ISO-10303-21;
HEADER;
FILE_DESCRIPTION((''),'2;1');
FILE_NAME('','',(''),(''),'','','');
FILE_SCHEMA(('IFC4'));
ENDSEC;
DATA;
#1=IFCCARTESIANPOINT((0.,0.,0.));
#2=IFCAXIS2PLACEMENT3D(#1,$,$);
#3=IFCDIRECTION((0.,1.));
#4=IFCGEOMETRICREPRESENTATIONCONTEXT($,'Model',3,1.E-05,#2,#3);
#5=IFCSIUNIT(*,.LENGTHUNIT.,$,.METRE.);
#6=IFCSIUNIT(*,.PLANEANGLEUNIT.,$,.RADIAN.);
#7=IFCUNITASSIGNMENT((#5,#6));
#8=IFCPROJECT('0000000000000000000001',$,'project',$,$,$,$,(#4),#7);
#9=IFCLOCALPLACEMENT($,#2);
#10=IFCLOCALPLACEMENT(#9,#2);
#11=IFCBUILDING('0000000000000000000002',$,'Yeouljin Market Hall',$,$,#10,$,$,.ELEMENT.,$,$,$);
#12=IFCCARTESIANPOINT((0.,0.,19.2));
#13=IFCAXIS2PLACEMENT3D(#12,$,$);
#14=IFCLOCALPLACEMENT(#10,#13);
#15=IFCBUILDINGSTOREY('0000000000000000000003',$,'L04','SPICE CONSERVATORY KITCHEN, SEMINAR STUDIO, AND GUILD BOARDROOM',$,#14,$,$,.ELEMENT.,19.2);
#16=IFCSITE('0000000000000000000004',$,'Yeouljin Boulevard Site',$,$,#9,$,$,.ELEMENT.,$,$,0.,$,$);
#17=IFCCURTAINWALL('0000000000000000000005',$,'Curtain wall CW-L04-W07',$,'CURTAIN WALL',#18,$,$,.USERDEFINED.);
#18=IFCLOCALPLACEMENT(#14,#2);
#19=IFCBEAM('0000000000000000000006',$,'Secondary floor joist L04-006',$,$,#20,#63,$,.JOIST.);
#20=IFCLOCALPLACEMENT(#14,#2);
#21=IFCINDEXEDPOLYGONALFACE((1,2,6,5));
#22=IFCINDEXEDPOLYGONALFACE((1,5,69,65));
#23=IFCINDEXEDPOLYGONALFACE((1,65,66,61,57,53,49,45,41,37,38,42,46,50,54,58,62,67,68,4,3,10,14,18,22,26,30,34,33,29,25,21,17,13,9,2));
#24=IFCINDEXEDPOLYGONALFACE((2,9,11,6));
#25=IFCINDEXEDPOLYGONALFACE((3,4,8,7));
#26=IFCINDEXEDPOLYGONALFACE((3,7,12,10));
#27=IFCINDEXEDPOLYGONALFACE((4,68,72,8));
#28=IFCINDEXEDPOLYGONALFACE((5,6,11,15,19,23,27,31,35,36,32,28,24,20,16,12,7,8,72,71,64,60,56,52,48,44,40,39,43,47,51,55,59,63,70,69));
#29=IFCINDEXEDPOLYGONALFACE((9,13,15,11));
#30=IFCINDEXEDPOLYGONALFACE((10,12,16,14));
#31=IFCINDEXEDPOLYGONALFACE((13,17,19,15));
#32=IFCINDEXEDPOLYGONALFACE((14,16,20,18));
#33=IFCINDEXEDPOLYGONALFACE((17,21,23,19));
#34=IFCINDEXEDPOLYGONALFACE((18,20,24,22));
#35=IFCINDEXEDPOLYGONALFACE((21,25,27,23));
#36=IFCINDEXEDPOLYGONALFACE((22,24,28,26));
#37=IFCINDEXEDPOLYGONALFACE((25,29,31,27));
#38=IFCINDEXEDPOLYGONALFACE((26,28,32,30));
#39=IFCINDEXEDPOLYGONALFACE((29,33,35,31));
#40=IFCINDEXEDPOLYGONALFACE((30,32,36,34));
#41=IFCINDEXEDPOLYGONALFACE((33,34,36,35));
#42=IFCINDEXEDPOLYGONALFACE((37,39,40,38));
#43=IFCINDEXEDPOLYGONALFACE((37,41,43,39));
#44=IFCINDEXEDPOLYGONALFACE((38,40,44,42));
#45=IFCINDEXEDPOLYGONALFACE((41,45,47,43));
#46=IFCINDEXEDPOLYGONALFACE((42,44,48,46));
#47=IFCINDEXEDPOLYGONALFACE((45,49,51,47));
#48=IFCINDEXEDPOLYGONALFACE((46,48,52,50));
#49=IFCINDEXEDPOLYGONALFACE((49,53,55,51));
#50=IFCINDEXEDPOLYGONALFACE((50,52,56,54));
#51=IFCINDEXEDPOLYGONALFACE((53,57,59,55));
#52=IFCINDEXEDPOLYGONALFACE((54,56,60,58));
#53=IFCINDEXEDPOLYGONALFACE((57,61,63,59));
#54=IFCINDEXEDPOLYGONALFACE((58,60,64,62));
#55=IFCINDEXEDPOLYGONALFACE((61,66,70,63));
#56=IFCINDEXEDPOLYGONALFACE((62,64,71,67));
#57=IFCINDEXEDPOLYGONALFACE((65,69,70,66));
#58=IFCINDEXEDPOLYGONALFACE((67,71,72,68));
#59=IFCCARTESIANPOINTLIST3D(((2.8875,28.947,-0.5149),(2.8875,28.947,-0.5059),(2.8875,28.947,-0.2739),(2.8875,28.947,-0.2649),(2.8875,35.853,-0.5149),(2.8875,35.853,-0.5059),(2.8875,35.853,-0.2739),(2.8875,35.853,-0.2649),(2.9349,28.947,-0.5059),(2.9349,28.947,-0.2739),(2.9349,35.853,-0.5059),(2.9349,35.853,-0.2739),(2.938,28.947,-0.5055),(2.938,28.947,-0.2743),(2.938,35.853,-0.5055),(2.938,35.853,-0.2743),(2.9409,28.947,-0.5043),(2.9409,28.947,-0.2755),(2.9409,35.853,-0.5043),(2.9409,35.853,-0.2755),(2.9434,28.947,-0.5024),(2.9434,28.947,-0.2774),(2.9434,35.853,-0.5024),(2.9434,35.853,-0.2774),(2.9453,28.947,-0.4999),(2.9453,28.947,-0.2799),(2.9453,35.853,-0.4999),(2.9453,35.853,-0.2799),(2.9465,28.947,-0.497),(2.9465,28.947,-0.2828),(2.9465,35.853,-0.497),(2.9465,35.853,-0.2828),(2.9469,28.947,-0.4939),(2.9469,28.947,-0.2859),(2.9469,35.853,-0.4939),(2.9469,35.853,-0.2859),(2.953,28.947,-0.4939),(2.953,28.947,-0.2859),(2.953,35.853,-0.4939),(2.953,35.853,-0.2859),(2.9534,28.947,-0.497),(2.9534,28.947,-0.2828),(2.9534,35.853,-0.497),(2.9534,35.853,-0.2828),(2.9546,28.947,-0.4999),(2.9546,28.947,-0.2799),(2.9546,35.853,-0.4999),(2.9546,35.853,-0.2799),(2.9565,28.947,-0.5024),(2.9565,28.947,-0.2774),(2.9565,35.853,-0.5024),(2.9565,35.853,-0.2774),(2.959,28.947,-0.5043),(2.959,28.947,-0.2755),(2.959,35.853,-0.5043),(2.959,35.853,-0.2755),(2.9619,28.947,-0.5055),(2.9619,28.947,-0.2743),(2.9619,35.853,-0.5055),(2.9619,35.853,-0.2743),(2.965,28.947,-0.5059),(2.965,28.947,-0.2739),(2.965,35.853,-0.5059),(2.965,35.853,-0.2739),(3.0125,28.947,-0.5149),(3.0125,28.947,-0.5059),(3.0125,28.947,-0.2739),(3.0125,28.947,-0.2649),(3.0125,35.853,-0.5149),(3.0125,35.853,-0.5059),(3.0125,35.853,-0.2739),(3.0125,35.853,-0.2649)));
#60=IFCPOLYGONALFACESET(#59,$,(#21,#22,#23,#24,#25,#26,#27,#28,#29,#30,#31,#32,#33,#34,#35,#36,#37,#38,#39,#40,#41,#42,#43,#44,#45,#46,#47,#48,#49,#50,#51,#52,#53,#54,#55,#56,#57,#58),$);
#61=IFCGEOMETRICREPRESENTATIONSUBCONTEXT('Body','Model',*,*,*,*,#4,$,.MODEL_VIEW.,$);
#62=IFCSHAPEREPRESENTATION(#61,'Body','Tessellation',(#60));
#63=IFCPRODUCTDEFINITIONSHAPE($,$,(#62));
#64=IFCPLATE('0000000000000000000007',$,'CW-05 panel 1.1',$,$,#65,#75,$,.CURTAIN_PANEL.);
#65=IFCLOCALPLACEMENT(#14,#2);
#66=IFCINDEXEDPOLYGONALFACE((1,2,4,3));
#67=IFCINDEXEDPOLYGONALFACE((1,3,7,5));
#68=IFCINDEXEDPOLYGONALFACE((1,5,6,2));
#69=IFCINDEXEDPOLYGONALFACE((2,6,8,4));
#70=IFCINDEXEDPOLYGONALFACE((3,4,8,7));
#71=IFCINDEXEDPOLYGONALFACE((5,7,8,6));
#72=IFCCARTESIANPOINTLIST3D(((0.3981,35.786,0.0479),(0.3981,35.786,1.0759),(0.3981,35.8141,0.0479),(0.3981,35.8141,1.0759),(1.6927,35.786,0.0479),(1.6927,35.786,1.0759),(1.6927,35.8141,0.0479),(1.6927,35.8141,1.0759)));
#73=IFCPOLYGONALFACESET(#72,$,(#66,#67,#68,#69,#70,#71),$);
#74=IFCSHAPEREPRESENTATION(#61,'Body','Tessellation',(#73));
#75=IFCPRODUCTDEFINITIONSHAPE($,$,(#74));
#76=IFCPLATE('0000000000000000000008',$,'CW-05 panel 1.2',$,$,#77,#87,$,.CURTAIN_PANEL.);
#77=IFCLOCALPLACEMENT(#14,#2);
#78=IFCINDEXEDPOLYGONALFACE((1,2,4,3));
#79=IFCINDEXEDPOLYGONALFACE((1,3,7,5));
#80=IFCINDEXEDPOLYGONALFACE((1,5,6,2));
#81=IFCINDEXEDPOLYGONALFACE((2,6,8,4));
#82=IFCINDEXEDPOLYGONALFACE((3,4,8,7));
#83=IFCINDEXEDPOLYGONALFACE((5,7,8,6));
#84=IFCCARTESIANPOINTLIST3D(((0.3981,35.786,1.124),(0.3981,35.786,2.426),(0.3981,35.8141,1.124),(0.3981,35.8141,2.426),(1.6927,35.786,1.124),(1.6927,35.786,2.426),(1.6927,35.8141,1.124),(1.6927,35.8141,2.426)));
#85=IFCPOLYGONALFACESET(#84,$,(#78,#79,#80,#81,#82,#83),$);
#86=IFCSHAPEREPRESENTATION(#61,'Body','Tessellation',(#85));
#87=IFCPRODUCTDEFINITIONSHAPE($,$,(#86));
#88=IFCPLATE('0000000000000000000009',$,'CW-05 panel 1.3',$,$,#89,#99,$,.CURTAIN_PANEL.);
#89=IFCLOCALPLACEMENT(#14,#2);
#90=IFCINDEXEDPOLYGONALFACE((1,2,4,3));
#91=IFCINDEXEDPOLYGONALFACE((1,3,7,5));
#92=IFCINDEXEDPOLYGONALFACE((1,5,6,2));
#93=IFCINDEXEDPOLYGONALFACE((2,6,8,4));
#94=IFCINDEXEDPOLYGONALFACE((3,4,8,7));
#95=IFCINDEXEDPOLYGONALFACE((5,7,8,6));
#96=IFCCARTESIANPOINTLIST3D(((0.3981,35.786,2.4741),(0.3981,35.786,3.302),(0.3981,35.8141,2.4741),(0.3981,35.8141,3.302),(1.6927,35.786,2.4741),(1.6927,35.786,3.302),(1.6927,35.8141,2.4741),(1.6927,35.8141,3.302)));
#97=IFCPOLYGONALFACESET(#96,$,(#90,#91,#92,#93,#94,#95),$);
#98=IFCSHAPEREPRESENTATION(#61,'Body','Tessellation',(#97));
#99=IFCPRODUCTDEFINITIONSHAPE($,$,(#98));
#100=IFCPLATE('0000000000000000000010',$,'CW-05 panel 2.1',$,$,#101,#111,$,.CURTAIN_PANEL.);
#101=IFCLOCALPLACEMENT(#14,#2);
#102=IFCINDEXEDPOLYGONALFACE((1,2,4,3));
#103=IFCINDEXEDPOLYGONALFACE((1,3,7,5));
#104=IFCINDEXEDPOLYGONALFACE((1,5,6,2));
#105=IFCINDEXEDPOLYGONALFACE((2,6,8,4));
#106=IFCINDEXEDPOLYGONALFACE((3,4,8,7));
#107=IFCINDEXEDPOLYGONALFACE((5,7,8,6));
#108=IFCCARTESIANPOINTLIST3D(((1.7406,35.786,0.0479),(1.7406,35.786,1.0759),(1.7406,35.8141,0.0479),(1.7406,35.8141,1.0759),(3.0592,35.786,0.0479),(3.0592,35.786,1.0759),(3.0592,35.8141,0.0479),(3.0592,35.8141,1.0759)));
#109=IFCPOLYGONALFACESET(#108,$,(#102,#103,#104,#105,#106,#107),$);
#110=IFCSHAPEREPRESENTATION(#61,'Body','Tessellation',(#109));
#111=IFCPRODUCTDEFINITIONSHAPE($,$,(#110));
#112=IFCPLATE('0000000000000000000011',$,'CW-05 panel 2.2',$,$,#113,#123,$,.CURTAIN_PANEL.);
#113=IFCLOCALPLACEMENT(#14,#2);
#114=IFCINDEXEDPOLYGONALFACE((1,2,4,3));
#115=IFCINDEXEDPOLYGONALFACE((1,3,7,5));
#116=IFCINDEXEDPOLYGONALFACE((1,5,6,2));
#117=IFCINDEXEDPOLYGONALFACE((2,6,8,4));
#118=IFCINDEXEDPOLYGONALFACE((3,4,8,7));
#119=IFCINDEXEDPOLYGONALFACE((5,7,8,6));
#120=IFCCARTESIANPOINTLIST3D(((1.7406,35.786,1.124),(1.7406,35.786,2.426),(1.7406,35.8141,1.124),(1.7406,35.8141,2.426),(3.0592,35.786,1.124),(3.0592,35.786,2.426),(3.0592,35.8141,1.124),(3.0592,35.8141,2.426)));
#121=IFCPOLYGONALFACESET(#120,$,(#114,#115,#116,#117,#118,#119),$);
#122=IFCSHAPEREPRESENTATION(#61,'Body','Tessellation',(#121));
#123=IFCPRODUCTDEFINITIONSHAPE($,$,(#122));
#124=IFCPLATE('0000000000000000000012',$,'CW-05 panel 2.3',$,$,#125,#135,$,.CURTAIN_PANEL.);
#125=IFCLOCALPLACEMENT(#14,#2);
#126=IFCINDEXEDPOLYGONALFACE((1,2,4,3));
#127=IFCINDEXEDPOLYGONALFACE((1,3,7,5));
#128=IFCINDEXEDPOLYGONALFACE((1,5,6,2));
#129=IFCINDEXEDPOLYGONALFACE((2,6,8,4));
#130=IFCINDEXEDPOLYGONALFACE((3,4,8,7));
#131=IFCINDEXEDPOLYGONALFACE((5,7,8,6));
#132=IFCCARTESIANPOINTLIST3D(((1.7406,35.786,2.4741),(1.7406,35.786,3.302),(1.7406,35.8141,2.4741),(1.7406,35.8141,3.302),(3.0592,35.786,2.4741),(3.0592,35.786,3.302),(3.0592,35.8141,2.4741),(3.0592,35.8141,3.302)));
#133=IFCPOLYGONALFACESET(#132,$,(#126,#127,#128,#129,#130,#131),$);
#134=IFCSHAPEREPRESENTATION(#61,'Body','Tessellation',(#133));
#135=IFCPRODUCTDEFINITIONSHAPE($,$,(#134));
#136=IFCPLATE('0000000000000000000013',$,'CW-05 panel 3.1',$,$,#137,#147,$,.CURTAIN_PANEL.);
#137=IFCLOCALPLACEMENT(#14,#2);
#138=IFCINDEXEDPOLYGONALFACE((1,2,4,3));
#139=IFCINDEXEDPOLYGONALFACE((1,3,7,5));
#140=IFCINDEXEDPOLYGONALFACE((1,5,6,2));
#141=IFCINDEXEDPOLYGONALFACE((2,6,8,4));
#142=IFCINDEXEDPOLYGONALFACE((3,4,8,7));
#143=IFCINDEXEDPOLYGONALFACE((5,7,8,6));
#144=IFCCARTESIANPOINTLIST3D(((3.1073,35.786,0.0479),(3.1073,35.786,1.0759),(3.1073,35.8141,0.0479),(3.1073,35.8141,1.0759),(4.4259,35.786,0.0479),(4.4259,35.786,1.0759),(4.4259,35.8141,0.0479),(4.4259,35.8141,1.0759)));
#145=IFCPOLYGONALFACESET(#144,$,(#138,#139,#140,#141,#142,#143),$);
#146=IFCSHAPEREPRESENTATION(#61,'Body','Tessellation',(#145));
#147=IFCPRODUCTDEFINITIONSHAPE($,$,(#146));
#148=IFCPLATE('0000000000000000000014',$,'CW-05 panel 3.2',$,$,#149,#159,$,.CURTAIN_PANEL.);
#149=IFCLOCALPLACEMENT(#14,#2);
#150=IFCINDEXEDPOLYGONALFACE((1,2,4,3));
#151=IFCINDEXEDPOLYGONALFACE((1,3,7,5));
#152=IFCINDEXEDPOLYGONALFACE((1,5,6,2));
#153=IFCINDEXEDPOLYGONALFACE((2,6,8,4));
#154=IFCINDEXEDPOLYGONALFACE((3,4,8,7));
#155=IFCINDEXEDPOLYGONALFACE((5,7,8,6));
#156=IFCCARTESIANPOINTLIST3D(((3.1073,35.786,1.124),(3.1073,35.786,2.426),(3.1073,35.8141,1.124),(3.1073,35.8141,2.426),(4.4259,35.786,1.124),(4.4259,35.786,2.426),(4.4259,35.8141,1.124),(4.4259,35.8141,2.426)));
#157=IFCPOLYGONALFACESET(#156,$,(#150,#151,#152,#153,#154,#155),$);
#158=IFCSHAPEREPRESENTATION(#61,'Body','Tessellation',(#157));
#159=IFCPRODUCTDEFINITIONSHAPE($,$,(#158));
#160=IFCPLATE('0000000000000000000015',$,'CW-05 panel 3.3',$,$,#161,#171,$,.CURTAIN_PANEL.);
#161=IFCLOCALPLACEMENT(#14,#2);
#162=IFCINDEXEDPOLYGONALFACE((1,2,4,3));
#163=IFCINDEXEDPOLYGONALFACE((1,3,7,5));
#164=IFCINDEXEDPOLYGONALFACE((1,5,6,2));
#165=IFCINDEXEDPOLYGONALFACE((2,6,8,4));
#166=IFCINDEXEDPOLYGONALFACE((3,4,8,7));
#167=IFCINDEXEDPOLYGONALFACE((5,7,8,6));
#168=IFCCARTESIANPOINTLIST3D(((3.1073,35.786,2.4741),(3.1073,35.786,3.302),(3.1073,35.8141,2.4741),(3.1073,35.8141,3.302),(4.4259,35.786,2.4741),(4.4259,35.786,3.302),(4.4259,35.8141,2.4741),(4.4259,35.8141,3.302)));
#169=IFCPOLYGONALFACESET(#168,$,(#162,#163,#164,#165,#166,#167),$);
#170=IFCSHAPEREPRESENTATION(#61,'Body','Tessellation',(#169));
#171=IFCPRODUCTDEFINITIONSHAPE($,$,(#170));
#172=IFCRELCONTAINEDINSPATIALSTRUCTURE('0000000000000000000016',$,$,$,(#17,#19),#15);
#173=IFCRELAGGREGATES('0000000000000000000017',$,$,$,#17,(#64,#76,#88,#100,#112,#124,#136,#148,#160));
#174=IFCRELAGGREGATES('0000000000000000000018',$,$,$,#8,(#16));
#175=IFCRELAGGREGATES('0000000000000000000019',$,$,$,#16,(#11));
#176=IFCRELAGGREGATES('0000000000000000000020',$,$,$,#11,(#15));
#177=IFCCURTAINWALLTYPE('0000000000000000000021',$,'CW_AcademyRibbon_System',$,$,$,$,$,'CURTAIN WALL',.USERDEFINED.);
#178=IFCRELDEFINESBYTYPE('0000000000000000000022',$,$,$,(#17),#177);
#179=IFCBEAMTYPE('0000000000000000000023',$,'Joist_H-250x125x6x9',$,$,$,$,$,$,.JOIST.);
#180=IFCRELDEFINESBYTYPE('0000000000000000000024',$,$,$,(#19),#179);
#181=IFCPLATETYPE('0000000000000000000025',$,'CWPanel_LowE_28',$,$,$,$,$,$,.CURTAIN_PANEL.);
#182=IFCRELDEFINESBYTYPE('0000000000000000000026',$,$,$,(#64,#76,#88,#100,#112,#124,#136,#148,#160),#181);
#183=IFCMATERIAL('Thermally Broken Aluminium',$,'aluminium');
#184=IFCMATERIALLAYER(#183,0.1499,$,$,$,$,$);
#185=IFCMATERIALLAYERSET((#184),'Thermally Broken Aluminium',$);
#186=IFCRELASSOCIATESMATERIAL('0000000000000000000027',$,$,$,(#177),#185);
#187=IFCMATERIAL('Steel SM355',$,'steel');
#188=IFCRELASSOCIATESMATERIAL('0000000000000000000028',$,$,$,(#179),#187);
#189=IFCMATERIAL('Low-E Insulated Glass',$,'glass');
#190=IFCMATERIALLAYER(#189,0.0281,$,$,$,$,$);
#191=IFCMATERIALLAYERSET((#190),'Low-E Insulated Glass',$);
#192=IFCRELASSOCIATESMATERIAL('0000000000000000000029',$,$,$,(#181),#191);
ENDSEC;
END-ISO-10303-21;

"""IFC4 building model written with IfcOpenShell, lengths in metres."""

from ifc_helpers import new_model, si_unit, direction, frame, origin, origin_2d, place, context, subcontext, project, spatial, rectangle, i_section, extrude, material, layer, layer_set, material_profile, profile_set, type_object, element, aggregate, save


model = new_model("IFC4")

# Units and contexts
model_context = context("Model", 3, precision=1e-05, world=origin(), true_north=direction((0.0, 1.0)))
body_context = subcontext(model_context, "Body", "Model", "MODEL_VIEW")
ifc_project = project(units=[si_unit("LENGTHUNIT", "METRE"), si_unit("PLANEANGLEUNIT", "RADIAN")], contexts=[model_context])

# Site, building, storey
site_placement = place(None, origin())
site = spatial("IfcSite", under=ifc_project, at=site_placement, Name="Yeouljin Boulevard Site", CompositionType="ELEMENT", RefElevation=0.0)
building_placement = place(site_placement, origin())
building = spatial("IfcBuilding", under=site, at=building_placement, Name="Yeouljin Market Hall", CompositionType="ELEMENT")
storey_placement = place(building_placement, frame((0.0, 0.0, 19.2)))
storey = spatial("IfcBuildingStorey", under=building, at=storey_placement, Name="L04", Description="SPICE CONSERVATORY KITCHEN, SEMINAR STUDIO, AND GUILD BOARDROOM", CompositionType="ELEMENT", Elevation=19.2)

# Curtain wall
ifc_material_1 = material(Name="Thermally Broken Aluminium", Category="aluminium")
ifc_layer_1 = layer(ifc_material_1, 0.1499)
ifc_layer_set_1 = layer_set([ifc_layer_1], Name="Thermally Broken Aluminium")
curtain_wall_type = type_object("IfcCurtainWallType", Name="CW_AcademyRibbon_System", ElementType="CURTAIN WALL", PredefinedType="USERDEFINED", material=ifc_layer_set_1)
curtain_wall_placement = place(storey_placement, origin())
curtain_wall = element("IfcCurtainWall", 1, at=curtain_wall_placement, inside=storey, type_object=curtain_wall_type, Name="Curtain wall CW-L04-W07", ObjectType="CURTAIN WALL", PredefinedType="USERDEFINED")

# Beam
ifc_material_2 = material(Name="Steel SM355", Category="steel")
ifc_material_profile_1 = material_profile(ifc_material_2, i_section(OverallWidth=0.125, OverallDepth=0.25, WebThickness=0.0061, FlangeThickness=0.009, FilletRadius=0.012, at=origin_2d()), Name="H-250x125x6x9")
ifc_profile_set_1 = profile_set([ifc_material_profile_1], Name="Steel SM355")
beam_type_1 = type_object("IfcBeamType", Name="Joist_H-250x125x6x9", PredefinedType="JOIST", material=ifc_profile_set_1)
beam_1_placement = place(storey_placement, frame((2.95, 28.947, -0.3899), z_axis=(0.0, 1.0, 0.0), x_axis=(-1.0, 0.0, 0.0)))
element("IfcBeam", 2, at=beam_1_placement, inside=storey, type_object=beam_type_1, Name="Secondary floor joist L04-006", PredefinedType="JOIST", context=body_context, shape_type="SweptSolid", body=[
    extrude(i_section(OverallWidth=0.125, OverallDepth=0.25, WebThickness=0.0061, FlangeThickness=0.009, FilletRadius=0.012, at=origin_2d()), origin(), (0.0, 0.0, 1.0), 6.906),
])

# Plates
ifc_material_3 = material(Name="Low-E Insulated Glass", Category="glass")
ifc_layer_2 = layer(ifc_material_3, 0.0281)
ifc_layer_set_2 = layer_set([ifc_layer_2], Name="Low-E Insulated Glass")
plate_type = type_object("IfcPlateType", Name="CWPanel_LowE_28", PredefinedType="CURTAIN_PANEL", material=ifc_layer_set_2)
plate_1_placement = place(storey_placement, frame((1.0454, 35.8, 0.0479), z_axis=(0.0, 0.0, 1.0), x_axis=(1.0, 0.0, 0.0)))
plate_1 = element("IfcPlate", 3, at=plate_1_placement, type_object=plate_type, Name="CW-05 panel 1.1", PredefinedType="CURTAIN_PANEL", context=body_context, shape_type="SweptSolid", body=[
    extrude(rectangle(XDim=1.2947, YDim=0.0281, at=origin_2d()), origin(), (0.0, 0.0, 1.0), 1.0281),
])
plate_2_placement = place(storey_placement, frame((1.0454, 35.8, 1.124), z_axis=(0.0, 0.0, 1.0), x_axis=(1.0, 0.0, 0.0)))
plate_2 = element("IfcPlate", 4, at=plate_2_placement, type_object=plate_type, Name="CW-05 panel 1.2", PredefinedType="CURTAIN_PANEL", context=body_context, shape_type="SweptSolid", body=[
    extrude(rectangle(XDim=1.2947, YDim=0.0281, at=origin_2d()), origin(), (0.0, 0.0, 1.0), 1.302),
])
plate_3_placement = place(storey_placement, frame((1.0454, 35.8, 2.4741), z_axis=(0.0, 0.0, 1.0), x_axis=(1.0, 0.0, 0.0)))
plate_3 = element("IfcPlate", 5, at=plate_3_placement, type_object=plate_type, Name="CW-05 panel 1.3", PredefinedType="CURTAIN_PANEL", context=body_context, shape_type="SweptSolid", body=[
    extrude(rectangle(XDim=1.2947, YDim=0.0281, at=origin_2d()), origin(), (0.0, 0.0, 1.0), 0.8279),
])
plate_4_placement = place(storey_placement, frame((2.3999, 35.8, 0.0479), z_axis=(0.0, 0.0, 1.0), x_axis=(1.0, 0.0, 0.0)))
plate_4 = element("IfcPlate", 6, at=plate_4_placement, type_object=plate_type, Name="CW-05 panel 2.1", PredefinedType="CURTAIN_PANEL", context=body_context, shape_type="SweptSolid", body=[
    extrude(rectangle(XDim=1.3186, YDim=0.0281, at=origin_2d()), origin(), (0.0, 0.0, 1.0), 1.0281),
])
plate_5_placement = place(storey_placement, frame((2.3999, 35.8, 1.124), z_axis=(0.0, 0.0, 1.0), x_axis=(1.0, 0.0, 0.0)))
plate_5 = element("IfcPlate", 7, at=plate_5_placement, type_object=plate_type, Name="CW-05 panel 2.2", PredefinedType="CURTAIN_PANEL", context=body_context, shape_type="SweptSolid", body=[
    extrude(rectangle(XDim=1.3186, YDim=0.0281, at=origin_2d()), origin(), (0.0, 0.0, 1.0), 1.302),
])
plate_6_placement = place(storey_placement, frame((2.3999, 35.8, 2.4741), z_axis=(0.0, 0.0, 1.0), x_axis=(1.0, 0.0, 0.0)))
plate_6 = element("IfcPlate", 8, at=plate_6_placement, type_object=plate_type, Name="CW-05 panel 2.3", PredefinedType="CURTAIN_PANEL", context=body_context, shape_type="SweptSolid", body=[
    extrude(rectangle(XDim=1.3186, YDim=0.0281, at=origin_2d()), origin(), (0.0, 0.0, 1.0), 0.8279),
])
plate_7_placement = place(storey_placement, frame((3.7666, 35.8, 0.0479), z_axis=(0.0, 0.0, 1.0), x_axis=(1.0, 0.0, 0.0)))
plate_7 = element("IfcPlate", 9, at=plate_7_placement, type_object=plate_type, Name="CW-05 panel 3.1", PredefinedType="CURTAIN_PANEL", context=body_context, shape_type="SweptSolid", body=[
    extrude(rectangle(XDim=1.3186, YDim=0.0281, at=origin_2d()), origin(), (0.0, 0.0, 1.0), 1.0281),
])
plate_8_placement = place(storey_placement, frame((3.7666, 35.8, 1.124), z_axis=(0.0, 0.0, 1.0), x_axis=(1.0, 0.0, 0.0)))
plate_8 = element("IfcPlate", 10, at=plate_8_placement, type_object=plate_type, Name="CW-05 panel 3.2", PredefinedType="CURTAIN_PANEL", context=body_context, shape_type="SweptSolid", body=[
    extrude(rectangle(XDim=1.3186, YDim=0.0281, at=origin_2d()), origin(), (0.0, 0.0, 1.0), 1.302),
])
plate_9_placement = place(storey_placement, frame((3.7666, 35.8, 2.4741), z_axis=(0.0, 0.0, 1.0), x_axis=(1.0, 0.0, 0.0)))
plate_9 = element("IfcPlate", 11, at=plate_9_placement, type_object=plate_type, Name="CW-05 panel 3.3", PredefinedType="CURTAIN_PANEL", context=body_context, shape_type="SweptSolid", body=[
    extrude(rectangle(XDim=1.3186, YDim=0.0281, at=origin_2d()), origin(), (0.0, 0.0, 1.0), 0.8279),
])
aggregate(curtain_wall, [plate_1, plate_2, plate_3, plate_4, plate_5, plate_6, plate_7, plate_8, plate_9])

save(model, "model.ifc")
